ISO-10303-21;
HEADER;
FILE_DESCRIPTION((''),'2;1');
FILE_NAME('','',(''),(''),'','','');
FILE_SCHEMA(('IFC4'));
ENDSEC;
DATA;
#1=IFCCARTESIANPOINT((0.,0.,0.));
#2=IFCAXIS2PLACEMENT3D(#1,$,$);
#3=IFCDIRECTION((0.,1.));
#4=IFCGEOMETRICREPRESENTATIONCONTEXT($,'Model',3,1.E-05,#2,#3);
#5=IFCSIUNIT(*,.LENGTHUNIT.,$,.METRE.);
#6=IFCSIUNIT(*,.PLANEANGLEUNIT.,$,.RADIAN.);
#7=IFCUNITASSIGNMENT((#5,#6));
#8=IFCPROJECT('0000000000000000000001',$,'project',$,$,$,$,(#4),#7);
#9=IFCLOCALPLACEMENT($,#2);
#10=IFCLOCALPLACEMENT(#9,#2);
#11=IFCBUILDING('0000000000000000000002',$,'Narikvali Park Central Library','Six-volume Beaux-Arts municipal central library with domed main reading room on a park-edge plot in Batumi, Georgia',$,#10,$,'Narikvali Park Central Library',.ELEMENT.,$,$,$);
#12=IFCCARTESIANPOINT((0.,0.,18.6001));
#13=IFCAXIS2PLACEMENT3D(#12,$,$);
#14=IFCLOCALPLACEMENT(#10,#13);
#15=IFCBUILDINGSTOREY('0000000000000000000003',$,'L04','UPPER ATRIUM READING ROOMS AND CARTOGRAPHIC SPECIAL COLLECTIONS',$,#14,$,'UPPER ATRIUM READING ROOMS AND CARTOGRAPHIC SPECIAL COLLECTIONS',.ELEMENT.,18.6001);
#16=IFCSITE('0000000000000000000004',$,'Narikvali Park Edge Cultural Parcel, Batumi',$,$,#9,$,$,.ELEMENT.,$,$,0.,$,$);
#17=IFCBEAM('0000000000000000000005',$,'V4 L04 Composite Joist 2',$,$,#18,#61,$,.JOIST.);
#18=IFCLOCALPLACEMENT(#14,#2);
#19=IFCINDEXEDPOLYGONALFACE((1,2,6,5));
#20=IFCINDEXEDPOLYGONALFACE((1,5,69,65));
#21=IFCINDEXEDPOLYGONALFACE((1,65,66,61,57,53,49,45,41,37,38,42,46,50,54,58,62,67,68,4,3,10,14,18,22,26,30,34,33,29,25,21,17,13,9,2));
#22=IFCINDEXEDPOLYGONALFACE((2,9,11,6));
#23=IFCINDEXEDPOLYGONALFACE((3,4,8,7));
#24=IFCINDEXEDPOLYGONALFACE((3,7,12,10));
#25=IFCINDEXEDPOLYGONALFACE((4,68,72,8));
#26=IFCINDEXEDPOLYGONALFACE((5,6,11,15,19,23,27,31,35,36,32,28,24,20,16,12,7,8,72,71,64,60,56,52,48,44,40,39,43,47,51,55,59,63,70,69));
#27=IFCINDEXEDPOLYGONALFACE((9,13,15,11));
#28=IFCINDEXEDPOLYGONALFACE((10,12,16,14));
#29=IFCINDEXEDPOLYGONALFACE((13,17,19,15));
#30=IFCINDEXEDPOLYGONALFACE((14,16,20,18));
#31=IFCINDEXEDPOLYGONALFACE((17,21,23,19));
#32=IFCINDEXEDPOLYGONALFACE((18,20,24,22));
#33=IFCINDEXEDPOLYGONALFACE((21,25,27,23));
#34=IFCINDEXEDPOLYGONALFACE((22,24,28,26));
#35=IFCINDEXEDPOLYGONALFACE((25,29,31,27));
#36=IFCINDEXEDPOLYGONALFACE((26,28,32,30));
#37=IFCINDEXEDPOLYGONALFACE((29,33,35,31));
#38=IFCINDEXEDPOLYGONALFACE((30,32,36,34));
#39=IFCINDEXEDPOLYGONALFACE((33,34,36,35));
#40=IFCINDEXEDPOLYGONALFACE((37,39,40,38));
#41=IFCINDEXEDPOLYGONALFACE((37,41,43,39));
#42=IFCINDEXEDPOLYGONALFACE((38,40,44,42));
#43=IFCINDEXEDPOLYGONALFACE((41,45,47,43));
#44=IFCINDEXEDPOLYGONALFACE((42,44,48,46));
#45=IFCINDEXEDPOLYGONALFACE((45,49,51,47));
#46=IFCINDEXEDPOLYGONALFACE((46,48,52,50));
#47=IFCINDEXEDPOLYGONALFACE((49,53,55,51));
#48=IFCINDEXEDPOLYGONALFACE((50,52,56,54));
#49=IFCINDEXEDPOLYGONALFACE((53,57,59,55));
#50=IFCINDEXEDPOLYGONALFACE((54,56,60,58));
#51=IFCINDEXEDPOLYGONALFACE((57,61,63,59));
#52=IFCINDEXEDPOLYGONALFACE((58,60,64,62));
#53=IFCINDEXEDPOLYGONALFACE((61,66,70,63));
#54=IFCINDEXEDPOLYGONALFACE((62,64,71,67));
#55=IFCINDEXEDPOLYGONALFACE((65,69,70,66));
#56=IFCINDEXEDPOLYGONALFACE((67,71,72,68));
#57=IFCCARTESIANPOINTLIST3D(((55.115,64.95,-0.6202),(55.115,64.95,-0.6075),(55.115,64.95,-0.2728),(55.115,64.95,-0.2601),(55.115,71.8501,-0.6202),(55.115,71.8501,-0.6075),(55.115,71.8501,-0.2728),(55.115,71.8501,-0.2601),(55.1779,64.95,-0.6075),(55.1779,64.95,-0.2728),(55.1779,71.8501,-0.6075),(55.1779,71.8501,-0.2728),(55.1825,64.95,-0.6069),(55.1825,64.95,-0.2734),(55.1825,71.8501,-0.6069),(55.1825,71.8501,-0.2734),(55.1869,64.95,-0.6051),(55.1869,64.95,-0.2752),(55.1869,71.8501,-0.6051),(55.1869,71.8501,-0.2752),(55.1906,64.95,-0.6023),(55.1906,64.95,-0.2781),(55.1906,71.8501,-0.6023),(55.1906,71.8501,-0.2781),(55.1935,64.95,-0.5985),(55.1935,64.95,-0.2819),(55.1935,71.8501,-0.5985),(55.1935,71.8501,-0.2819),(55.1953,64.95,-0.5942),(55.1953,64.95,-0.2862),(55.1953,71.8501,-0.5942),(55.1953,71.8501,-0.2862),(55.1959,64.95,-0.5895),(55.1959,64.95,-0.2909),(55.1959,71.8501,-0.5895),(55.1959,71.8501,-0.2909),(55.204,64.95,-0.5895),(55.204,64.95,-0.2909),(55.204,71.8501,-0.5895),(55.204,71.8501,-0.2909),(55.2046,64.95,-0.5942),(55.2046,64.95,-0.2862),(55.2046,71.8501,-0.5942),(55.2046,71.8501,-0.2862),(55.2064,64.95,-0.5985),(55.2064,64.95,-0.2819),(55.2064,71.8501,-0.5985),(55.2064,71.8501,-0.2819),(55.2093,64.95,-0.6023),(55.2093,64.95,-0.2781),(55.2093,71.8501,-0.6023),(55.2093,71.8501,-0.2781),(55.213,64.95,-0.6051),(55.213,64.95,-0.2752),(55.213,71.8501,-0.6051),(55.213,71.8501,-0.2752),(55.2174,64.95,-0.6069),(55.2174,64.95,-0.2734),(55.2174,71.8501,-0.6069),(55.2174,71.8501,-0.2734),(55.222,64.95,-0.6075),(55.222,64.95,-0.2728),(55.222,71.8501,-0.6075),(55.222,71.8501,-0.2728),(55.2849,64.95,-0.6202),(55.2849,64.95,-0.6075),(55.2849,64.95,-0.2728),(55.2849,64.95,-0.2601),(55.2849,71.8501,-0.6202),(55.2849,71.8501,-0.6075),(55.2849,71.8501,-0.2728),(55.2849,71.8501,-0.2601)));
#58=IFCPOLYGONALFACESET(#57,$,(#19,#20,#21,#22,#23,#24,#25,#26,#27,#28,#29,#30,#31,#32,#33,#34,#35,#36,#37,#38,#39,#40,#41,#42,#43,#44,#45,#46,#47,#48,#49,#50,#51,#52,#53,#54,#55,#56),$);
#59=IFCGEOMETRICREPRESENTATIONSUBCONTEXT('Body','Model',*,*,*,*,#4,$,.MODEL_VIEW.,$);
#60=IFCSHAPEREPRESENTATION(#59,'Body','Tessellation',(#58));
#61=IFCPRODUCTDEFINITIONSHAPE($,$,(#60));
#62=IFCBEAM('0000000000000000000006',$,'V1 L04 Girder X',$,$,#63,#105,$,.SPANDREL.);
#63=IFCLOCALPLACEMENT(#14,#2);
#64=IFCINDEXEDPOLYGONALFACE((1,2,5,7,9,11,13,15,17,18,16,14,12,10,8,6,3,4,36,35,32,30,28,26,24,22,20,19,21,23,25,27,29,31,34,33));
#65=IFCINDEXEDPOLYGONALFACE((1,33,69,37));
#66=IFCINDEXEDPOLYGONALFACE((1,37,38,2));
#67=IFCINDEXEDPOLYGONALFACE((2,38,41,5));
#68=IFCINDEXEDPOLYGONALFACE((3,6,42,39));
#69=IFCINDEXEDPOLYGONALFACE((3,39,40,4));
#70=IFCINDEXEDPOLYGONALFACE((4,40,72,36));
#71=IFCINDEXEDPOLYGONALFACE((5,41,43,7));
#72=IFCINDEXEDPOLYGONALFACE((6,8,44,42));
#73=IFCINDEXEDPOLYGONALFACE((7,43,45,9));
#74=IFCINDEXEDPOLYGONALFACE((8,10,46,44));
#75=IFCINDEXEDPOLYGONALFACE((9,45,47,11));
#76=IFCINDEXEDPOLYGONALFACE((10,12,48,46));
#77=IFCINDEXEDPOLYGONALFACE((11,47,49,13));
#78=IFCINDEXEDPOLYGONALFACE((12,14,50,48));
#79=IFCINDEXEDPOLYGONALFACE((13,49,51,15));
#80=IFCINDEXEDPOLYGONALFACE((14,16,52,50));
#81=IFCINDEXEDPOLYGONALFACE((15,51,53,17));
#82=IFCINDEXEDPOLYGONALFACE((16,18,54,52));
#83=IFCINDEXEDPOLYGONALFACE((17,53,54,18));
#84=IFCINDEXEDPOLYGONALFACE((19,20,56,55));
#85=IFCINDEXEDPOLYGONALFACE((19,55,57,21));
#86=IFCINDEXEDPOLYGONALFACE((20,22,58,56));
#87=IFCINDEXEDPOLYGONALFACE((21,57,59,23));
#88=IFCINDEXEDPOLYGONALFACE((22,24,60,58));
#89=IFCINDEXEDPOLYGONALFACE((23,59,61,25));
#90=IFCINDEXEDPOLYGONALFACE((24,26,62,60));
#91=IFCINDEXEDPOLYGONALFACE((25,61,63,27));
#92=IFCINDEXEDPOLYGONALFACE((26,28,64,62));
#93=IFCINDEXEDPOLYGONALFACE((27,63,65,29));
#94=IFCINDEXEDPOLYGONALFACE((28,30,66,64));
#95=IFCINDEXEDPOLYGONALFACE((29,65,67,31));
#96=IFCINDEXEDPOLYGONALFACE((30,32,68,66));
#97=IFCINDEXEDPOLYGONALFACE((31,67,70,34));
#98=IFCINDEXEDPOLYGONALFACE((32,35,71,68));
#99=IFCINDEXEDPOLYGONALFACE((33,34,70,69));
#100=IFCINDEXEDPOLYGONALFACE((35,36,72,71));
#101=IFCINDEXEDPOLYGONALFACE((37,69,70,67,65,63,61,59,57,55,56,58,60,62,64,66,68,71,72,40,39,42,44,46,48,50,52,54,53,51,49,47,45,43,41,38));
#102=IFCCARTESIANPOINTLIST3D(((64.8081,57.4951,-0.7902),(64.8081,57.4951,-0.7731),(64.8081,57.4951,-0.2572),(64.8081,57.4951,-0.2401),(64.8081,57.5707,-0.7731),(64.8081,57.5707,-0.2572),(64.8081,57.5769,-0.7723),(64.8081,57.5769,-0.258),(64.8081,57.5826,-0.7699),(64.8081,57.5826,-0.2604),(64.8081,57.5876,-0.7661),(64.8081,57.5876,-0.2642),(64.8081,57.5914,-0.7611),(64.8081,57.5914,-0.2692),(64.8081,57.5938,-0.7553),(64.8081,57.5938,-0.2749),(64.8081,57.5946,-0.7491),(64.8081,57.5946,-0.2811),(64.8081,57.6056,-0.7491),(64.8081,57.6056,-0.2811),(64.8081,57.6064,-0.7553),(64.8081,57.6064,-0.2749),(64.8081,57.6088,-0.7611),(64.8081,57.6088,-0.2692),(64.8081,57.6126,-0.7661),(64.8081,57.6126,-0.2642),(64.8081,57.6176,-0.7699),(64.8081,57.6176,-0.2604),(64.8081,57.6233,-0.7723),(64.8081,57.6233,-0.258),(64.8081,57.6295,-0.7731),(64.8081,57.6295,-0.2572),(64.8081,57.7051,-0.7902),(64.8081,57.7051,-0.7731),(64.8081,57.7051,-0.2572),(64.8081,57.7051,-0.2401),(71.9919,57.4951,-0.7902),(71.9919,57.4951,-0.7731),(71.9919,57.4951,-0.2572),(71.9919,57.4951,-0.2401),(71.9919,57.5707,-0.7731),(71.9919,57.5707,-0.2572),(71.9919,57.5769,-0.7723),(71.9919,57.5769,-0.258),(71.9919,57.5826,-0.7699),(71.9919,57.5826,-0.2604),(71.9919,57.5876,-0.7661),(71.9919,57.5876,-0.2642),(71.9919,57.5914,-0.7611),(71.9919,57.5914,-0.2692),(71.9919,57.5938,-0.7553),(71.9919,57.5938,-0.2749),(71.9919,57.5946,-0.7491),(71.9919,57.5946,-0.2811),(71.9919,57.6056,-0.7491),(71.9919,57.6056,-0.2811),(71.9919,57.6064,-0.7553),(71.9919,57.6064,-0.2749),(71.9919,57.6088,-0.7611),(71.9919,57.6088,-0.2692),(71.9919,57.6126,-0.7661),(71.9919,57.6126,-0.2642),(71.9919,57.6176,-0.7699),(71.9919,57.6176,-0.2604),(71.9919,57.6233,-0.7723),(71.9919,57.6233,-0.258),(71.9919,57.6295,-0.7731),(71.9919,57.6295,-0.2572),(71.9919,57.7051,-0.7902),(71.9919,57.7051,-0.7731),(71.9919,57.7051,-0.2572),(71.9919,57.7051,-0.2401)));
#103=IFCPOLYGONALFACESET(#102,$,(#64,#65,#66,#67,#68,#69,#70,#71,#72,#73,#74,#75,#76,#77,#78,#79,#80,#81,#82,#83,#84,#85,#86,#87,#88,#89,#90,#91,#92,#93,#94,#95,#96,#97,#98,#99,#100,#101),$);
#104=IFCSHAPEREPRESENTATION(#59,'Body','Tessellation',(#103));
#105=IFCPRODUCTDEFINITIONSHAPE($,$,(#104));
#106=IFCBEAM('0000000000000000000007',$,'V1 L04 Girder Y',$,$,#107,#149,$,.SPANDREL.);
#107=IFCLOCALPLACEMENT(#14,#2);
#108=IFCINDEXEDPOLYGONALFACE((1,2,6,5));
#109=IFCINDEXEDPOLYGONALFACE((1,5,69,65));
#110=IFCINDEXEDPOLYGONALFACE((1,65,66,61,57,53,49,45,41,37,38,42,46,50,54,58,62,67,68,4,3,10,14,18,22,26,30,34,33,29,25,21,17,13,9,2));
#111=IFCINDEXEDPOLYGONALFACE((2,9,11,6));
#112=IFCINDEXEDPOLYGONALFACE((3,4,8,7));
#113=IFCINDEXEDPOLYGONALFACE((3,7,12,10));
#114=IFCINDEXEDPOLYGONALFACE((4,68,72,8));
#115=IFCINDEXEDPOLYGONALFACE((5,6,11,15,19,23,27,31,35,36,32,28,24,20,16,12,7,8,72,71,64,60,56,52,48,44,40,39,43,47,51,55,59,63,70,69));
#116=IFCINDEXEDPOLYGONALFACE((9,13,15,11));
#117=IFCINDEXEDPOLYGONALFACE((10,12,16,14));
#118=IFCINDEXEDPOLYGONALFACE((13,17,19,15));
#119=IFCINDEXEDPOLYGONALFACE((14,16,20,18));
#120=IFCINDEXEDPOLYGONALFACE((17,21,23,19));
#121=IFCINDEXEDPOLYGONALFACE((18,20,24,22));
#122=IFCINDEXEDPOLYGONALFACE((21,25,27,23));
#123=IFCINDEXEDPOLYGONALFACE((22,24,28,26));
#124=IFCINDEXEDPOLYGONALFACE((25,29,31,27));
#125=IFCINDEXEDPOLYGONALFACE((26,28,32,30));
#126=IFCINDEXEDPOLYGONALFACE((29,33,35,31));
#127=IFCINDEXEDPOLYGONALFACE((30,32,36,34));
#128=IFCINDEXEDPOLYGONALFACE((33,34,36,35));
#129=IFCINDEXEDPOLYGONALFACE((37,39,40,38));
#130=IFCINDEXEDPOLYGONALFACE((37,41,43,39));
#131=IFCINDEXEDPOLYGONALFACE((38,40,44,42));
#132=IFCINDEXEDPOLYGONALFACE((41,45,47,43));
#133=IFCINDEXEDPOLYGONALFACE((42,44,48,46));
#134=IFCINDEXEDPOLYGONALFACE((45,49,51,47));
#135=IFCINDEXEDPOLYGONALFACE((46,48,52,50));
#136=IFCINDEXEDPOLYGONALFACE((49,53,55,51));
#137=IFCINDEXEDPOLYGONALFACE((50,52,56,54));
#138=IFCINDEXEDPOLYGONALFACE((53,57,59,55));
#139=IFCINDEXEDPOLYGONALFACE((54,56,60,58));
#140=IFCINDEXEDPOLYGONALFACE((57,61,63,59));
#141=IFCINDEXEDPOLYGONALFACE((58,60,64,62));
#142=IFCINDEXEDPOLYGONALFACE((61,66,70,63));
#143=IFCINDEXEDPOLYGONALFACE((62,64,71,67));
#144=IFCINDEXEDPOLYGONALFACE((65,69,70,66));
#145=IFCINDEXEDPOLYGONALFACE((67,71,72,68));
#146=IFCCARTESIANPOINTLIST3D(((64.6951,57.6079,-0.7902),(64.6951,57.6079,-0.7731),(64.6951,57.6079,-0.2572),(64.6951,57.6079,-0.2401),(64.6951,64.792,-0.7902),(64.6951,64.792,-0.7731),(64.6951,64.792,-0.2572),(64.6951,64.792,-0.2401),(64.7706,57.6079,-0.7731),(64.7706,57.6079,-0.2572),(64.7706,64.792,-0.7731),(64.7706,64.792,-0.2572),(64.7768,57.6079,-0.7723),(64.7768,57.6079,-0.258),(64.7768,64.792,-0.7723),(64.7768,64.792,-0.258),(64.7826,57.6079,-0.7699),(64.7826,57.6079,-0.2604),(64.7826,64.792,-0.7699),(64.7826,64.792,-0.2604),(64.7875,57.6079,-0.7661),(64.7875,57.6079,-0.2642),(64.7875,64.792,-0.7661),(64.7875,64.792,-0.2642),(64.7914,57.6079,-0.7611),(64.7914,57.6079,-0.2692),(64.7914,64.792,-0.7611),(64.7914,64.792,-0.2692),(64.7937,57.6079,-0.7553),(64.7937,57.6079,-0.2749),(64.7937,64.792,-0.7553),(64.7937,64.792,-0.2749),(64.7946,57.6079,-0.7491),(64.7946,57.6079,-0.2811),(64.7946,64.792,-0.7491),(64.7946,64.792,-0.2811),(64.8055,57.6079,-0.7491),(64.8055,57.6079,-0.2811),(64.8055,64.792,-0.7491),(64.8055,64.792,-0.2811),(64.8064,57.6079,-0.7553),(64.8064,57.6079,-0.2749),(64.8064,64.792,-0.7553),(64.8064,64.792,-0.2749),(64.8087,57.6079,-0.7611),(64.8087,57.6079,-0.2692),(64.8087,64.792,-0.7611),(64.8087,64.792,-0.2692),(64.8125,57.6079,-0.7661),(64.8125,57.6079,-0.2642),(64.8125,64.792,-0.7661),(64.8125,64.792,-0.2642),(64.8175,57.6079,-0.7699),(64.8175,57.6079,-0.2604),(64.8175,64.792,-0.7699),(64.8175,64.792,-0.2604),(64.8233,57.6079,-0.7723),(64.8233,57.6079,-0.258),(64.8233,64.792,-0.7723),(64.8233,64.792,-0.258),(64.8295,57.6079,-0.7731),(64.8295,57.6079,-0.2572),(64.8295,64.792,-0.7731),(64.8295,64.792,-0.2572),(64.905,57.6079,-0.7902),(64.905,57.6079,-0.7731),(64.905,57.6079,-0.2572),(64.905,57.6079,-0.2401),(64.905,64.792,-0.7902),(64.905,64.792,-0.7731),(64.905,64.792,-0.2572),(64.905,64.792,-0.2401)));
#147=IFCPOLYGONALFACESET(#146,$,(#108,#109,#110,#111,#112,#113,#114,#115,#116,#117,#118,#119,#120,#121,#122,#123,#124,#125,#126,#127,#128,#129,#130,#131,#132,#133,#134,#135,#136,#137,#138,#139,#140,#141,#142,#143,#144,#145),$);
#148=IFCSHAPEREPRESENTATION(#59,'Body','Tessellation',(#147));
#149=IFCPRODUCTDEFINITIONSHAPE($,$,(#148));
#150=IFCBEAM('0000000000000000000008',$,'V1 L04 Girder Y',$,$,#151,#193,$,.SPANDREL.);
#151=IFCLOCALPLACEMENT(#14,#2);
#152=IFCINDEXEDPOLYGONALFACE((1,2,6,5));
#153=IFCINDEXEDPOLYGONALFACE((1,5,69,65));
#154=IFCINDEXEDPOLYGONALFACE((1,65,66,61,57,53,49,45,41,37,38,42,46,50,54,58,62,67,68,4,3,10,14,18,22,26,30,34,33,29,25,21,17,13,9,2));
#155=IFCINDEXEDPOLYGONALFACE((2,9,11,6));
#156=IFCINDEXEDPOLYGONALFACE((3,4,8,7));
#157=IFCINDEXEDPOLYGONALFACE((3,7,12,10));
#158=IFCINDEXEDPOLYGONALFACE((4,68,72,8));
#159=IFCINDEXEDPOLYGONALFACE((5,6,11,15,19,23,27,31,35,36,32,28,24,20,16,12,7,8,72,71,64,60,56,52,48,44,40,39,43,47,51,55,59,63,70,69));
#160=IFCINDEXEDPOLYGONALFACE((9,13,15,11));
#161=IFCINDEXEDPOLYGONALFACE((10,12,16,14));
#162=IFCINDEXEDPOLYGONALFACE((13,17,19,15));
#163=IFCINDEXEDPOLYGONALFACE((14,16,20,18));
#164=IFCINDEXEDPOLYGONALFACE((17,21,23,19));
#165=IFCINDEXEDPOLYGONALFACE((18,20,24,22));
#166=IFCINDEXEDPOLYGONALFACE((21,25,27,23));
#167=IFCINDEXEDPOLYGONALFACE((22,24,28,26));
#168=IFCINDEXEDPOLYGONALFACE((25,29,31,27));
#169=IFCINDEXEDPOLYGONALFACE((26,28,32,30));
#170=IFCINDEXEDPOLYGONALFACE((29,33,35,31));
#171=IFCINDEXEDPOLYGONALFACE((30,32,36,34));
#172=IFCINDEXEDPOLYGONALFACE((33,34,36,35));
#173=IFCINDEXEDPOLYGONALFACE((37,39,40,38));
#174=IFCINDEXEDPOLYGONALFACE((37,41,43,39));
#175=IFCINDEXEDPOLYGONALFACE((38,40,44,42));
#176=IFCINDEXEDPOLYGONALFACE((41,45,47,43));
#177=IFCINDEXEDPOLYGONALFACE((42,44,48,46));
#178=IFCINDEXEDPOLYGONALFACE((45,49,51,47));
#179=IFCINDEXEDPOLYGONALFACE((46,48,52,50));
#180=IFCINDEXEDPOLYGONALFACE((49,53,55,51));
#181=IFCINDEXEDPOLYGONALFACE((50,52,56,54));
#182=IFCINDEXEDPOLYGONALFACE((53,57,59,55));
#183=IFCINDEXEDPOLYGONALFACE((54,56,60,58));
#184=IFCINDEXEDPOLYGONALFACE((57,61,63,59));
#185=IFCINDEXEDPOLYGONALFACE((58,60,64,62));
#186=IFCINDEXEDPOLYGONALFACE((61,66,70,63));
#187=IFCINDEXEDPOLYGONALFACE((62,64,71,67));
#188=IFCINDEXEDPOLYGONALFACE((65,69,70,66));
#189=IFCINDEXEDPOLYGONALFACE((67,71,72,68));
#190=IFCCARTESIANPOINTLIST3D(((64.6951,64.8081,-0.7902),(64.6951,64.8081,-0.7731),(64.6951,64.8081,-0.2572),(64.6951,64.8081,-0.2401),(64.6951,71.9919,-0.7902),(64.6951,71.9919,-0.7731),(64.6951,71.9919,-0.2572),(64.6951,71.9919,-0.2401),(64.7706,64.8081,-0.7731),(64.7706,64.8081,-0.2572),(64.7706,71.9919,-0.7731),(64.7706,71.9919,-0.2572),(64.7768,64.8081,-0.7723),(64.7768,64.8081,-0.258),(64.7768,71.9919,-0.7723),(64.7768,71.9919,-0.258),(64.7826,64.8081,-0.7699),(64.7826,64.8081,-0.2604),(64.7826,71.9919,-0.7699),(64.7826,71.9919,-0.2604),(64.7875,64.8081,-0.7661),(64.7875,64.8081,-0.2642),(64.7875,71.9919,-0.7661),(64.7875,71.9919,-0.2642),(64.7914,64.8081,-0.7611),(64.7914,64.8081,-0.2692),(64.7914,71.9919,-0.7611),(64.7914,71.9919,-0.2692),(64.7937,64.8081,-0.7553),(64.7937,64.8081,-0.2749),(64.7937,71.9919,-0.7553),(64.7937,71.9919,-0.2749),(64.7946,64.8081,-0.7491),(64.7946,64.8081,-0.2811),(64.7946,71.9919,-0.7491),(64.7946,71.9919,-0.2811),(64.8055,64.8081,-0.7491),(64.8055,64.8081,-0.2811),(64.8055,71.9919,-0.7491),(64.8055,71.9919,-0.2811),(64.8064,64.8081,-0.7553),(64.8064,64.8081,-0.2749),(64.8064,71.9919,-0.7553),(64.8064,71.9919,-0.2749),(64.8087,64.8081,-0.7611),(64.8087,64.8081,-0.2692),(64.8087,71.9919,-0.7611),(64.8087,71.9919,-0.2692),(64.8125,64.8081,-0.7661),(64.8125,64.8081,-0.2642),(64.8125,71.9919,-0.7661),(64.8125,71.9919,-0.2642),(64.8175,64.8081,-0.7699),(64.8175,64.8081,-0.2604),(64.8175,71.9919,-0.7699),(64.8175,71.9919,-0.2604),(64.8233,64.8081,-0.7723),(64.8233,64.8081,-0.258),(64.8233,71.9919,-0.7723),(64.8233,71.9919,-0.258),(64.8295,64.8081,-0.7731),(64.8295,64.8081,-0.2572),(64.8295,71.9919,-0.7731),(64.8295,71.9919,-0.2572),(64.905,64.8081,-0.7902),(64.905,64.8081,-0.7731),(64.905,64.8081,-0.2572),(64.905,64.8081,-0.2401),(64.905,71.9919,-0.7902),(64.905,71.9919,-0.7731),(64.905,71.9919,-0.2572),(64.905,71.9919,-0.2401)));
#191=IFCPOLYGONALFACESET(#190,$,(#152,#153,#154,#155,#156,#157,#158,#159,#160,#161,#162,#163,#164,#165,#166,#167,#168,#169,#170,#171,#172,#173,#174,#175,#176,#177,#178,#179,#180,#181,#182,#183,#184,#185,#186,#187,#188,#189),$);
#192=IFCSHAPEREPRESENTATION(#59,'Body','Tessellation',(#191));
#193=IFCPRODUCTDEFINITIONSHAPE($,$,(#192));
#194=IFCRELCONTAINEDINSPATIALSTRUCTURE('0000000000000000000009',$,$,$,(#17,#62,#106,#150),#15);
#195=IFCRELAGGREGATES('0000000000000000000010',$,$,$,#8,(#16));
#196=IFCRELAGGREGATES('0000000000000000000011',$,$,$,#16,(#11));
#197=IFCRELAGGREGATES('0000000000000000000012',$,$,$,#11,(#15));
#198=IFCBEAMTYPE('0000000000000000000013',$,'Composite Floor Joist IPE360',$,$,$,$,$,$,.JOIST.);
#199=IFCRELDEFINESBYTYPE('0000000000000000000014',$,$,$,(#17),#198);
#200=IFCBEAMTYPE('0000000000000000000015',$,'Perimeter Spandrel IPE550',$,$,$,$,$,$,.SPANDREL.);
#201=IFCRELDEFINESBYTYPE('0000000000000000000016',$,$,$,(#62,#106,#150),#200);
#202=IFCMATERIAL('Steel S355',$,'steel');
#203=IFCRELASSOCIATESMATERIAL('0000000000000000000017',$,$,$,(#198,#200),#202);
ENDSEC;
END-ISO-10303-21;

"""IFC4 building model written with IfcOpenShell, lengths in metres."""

from ifc_helpers import new_model, si_unit, direction, frame, origin, origin_2d, place, context, subcontext, project, spatial, i_section, extrude, material, material_profile, profile_set, type_object, element, save


model = new_model("IFC4")

# Units and contexts
model_context = context("Model", 3, precision=1e-05, world=origin(), true_north=direction((0.0, 1.0)))
body_context = subcontext(model_context, "Body", "Model", "MODEL_VIEW")
ifc_project = project(units=[si_unit("LENGTHUNIT", "METRE"), si_unit("PLANEANGLEUNIT", "RADIAN")], contexts=[model_context])

# Site, building, storey
site_placement = place(None, origin())
site = spatial("IfcSite", under=ifc_project, at=site_placement, Name="Narikvali Park Edge Cultural Parcel, Batumi", CompositionType="ELEMENT", RefElevation=0.0)
building_placement = place(site_placement, origin())
building = spatial("IfcBuilding", under=site, at=building_placement, Name="Narikvali Park Central Library", Description="Six-volume Beaux-Arts municipal central library with domed main reading room on a park-edge plot in Batumi, Georgia", LongName="Narikvali Park Central Library", CompositionType="ELEMENT")
storey_placement = place(building_placement, frame((0.0, 0.0, 18.6001)))
storey = spatial("IfcBuildingStorey", under=building, at=storey_placement, Name="L04", Description="UPPER ATRIUM READING ROOMS AND CARTOGRAPHIC SPECIAL COLLECTIONS", LongName="UPPER ATRIUM READING ROOMS AND CARTOGRAPHIC SPECIAL COLLECTIONS", CompositionType="ELEMENT", Elevation=18.6001)

# Shared definitions
ifc_material_1 = material(Name="Steel S355", Category="steel")

# Beams
ifc_material_profile_1 = material_profile(ifc_material_1, i_section(OverallWidth=0.1699, OverallDepth=0.3601, WebThickness=0.0081, FlangeThickness=0.0127, FilletRadius=0.0181, at=origin_2d()), Name="IPE 360")
ifc_profile_set_1 = profile_set([ifc_material_profile_1], Name="Steel S355")
beam_type_1 = type_object("IfcBeamType", Name="Composite Floor Joist IPE360", PredefinedType="JOIST", material=ifc_profile_set_1)
beam_1_placement = place(storey_placement, frame((55.2, 64.95, -0.4402), z_axis=(0.0, 1.0, 0.0), x_axis=(-1.0, 0.0, 0.0)))
element("IfcBeam", 1, at=beam_1_placement, inside=storey, type_object=beam_type_1, Name="V4 L04 Composite Joist 2", PredefinedType="JOIST", context=body_context, shape_type="SweptSolid", body=[
    extrude(i_section(OverallWidth=0.1699, OverallDepth=0.3601, WebThickness=0.0081, FlangeThickness=0.0127, FilletRadius=0.0181, at=origin_2d()), origin(), (0.0, 0.0, 1.0), 6.9001),
])
ifc_material_profile_2 = material_profile(ifc_material_1, i_section(OverallWidth=0.21, OverallDepth=0.55, WebThickness=0.011, FlangeThickness=0.0171, FilletRadius=0.0239, at=origin_2d()), Name="IPE 550")
ifc_profile_set_2 = profile_set([ifc_material_profile_2], Name="Steel S355")
beam_type_2 = type_object("IfcBeamType", Name="Perimeter Spandrel IPE550", PredefinedType="SPANDREL", material=ifc_profile_set_2)
beam_2_placement = place(storey_placement, frame((64.8081, 57.6001, -0.5151), z_axis=(1.0, 0.0, 0.0), x_axis=(0.0, 1.0, 0.0)))
element("IfcBeam", 2, at=beam_2_placement, inside=storey, type_object=beam_type_2, Name="V1 L04 Girder X", PredefinedType="SPANDREL", context=body_context, shape_type="SweptSolid", body=[
    extrude(i_section(OverallWidth=0.21, OverallDepth=0.55, WebThickness=0.011, FlangeThickness=0.0171, FilletRadius=0.0239, at=origin_2d()), origin(), (0.0, 0.0, 1.0), 7.1838),
])
beam_3_placement = place(storey_placement, frame((64.8, 57.6079, -0.5151), z_axis=(0.0, 1.0, 0.0), x_axis=(-1.0, 0.0, 0.0)))
element("IfcBeam", 3, at=beam_3_placement, inside=storey, type_object=beam_type_2, Name="V1 L04 Girder Y", PredefinedType="SPANDREL", context=body_context, shape_type="SweptSolid", body=[
    extrude(i_section(OverallWidth=0.21, OverallDepth=0.55, WebThickness=0.011, FlangeThickness=0.0171, FilletRadius=0.0239, at=origin_2d()), origin(), (0.0, 0.0, 1.0), 7.1841),
])
beam_4_placement = place(storey_placement, frame((64.8, 64.8081, -0.5151), z_axis=(0.0, 1.0, 0.0), x_axis=(-1.0, 0.0, 0.0)))
element("IfcBeam", 4, at=beam_4_placement, inside=storey, type_object=beam_type_2, Name="V1 L04 Girder Y", PredefinedType="SPANDREL", context=body_context, shape_type="SweptSolid", body=[
    extrude(i_section(OverallWidth=0.21, OverallDepth=0.55, WebThickness=0.011, FlangeThickness=0.0171, FilletRadius=0.0239, at=origin_2d()), origin(), (0.0, 0.0, 1.0), 7.1838),
])

save(model, "model.ifc")
